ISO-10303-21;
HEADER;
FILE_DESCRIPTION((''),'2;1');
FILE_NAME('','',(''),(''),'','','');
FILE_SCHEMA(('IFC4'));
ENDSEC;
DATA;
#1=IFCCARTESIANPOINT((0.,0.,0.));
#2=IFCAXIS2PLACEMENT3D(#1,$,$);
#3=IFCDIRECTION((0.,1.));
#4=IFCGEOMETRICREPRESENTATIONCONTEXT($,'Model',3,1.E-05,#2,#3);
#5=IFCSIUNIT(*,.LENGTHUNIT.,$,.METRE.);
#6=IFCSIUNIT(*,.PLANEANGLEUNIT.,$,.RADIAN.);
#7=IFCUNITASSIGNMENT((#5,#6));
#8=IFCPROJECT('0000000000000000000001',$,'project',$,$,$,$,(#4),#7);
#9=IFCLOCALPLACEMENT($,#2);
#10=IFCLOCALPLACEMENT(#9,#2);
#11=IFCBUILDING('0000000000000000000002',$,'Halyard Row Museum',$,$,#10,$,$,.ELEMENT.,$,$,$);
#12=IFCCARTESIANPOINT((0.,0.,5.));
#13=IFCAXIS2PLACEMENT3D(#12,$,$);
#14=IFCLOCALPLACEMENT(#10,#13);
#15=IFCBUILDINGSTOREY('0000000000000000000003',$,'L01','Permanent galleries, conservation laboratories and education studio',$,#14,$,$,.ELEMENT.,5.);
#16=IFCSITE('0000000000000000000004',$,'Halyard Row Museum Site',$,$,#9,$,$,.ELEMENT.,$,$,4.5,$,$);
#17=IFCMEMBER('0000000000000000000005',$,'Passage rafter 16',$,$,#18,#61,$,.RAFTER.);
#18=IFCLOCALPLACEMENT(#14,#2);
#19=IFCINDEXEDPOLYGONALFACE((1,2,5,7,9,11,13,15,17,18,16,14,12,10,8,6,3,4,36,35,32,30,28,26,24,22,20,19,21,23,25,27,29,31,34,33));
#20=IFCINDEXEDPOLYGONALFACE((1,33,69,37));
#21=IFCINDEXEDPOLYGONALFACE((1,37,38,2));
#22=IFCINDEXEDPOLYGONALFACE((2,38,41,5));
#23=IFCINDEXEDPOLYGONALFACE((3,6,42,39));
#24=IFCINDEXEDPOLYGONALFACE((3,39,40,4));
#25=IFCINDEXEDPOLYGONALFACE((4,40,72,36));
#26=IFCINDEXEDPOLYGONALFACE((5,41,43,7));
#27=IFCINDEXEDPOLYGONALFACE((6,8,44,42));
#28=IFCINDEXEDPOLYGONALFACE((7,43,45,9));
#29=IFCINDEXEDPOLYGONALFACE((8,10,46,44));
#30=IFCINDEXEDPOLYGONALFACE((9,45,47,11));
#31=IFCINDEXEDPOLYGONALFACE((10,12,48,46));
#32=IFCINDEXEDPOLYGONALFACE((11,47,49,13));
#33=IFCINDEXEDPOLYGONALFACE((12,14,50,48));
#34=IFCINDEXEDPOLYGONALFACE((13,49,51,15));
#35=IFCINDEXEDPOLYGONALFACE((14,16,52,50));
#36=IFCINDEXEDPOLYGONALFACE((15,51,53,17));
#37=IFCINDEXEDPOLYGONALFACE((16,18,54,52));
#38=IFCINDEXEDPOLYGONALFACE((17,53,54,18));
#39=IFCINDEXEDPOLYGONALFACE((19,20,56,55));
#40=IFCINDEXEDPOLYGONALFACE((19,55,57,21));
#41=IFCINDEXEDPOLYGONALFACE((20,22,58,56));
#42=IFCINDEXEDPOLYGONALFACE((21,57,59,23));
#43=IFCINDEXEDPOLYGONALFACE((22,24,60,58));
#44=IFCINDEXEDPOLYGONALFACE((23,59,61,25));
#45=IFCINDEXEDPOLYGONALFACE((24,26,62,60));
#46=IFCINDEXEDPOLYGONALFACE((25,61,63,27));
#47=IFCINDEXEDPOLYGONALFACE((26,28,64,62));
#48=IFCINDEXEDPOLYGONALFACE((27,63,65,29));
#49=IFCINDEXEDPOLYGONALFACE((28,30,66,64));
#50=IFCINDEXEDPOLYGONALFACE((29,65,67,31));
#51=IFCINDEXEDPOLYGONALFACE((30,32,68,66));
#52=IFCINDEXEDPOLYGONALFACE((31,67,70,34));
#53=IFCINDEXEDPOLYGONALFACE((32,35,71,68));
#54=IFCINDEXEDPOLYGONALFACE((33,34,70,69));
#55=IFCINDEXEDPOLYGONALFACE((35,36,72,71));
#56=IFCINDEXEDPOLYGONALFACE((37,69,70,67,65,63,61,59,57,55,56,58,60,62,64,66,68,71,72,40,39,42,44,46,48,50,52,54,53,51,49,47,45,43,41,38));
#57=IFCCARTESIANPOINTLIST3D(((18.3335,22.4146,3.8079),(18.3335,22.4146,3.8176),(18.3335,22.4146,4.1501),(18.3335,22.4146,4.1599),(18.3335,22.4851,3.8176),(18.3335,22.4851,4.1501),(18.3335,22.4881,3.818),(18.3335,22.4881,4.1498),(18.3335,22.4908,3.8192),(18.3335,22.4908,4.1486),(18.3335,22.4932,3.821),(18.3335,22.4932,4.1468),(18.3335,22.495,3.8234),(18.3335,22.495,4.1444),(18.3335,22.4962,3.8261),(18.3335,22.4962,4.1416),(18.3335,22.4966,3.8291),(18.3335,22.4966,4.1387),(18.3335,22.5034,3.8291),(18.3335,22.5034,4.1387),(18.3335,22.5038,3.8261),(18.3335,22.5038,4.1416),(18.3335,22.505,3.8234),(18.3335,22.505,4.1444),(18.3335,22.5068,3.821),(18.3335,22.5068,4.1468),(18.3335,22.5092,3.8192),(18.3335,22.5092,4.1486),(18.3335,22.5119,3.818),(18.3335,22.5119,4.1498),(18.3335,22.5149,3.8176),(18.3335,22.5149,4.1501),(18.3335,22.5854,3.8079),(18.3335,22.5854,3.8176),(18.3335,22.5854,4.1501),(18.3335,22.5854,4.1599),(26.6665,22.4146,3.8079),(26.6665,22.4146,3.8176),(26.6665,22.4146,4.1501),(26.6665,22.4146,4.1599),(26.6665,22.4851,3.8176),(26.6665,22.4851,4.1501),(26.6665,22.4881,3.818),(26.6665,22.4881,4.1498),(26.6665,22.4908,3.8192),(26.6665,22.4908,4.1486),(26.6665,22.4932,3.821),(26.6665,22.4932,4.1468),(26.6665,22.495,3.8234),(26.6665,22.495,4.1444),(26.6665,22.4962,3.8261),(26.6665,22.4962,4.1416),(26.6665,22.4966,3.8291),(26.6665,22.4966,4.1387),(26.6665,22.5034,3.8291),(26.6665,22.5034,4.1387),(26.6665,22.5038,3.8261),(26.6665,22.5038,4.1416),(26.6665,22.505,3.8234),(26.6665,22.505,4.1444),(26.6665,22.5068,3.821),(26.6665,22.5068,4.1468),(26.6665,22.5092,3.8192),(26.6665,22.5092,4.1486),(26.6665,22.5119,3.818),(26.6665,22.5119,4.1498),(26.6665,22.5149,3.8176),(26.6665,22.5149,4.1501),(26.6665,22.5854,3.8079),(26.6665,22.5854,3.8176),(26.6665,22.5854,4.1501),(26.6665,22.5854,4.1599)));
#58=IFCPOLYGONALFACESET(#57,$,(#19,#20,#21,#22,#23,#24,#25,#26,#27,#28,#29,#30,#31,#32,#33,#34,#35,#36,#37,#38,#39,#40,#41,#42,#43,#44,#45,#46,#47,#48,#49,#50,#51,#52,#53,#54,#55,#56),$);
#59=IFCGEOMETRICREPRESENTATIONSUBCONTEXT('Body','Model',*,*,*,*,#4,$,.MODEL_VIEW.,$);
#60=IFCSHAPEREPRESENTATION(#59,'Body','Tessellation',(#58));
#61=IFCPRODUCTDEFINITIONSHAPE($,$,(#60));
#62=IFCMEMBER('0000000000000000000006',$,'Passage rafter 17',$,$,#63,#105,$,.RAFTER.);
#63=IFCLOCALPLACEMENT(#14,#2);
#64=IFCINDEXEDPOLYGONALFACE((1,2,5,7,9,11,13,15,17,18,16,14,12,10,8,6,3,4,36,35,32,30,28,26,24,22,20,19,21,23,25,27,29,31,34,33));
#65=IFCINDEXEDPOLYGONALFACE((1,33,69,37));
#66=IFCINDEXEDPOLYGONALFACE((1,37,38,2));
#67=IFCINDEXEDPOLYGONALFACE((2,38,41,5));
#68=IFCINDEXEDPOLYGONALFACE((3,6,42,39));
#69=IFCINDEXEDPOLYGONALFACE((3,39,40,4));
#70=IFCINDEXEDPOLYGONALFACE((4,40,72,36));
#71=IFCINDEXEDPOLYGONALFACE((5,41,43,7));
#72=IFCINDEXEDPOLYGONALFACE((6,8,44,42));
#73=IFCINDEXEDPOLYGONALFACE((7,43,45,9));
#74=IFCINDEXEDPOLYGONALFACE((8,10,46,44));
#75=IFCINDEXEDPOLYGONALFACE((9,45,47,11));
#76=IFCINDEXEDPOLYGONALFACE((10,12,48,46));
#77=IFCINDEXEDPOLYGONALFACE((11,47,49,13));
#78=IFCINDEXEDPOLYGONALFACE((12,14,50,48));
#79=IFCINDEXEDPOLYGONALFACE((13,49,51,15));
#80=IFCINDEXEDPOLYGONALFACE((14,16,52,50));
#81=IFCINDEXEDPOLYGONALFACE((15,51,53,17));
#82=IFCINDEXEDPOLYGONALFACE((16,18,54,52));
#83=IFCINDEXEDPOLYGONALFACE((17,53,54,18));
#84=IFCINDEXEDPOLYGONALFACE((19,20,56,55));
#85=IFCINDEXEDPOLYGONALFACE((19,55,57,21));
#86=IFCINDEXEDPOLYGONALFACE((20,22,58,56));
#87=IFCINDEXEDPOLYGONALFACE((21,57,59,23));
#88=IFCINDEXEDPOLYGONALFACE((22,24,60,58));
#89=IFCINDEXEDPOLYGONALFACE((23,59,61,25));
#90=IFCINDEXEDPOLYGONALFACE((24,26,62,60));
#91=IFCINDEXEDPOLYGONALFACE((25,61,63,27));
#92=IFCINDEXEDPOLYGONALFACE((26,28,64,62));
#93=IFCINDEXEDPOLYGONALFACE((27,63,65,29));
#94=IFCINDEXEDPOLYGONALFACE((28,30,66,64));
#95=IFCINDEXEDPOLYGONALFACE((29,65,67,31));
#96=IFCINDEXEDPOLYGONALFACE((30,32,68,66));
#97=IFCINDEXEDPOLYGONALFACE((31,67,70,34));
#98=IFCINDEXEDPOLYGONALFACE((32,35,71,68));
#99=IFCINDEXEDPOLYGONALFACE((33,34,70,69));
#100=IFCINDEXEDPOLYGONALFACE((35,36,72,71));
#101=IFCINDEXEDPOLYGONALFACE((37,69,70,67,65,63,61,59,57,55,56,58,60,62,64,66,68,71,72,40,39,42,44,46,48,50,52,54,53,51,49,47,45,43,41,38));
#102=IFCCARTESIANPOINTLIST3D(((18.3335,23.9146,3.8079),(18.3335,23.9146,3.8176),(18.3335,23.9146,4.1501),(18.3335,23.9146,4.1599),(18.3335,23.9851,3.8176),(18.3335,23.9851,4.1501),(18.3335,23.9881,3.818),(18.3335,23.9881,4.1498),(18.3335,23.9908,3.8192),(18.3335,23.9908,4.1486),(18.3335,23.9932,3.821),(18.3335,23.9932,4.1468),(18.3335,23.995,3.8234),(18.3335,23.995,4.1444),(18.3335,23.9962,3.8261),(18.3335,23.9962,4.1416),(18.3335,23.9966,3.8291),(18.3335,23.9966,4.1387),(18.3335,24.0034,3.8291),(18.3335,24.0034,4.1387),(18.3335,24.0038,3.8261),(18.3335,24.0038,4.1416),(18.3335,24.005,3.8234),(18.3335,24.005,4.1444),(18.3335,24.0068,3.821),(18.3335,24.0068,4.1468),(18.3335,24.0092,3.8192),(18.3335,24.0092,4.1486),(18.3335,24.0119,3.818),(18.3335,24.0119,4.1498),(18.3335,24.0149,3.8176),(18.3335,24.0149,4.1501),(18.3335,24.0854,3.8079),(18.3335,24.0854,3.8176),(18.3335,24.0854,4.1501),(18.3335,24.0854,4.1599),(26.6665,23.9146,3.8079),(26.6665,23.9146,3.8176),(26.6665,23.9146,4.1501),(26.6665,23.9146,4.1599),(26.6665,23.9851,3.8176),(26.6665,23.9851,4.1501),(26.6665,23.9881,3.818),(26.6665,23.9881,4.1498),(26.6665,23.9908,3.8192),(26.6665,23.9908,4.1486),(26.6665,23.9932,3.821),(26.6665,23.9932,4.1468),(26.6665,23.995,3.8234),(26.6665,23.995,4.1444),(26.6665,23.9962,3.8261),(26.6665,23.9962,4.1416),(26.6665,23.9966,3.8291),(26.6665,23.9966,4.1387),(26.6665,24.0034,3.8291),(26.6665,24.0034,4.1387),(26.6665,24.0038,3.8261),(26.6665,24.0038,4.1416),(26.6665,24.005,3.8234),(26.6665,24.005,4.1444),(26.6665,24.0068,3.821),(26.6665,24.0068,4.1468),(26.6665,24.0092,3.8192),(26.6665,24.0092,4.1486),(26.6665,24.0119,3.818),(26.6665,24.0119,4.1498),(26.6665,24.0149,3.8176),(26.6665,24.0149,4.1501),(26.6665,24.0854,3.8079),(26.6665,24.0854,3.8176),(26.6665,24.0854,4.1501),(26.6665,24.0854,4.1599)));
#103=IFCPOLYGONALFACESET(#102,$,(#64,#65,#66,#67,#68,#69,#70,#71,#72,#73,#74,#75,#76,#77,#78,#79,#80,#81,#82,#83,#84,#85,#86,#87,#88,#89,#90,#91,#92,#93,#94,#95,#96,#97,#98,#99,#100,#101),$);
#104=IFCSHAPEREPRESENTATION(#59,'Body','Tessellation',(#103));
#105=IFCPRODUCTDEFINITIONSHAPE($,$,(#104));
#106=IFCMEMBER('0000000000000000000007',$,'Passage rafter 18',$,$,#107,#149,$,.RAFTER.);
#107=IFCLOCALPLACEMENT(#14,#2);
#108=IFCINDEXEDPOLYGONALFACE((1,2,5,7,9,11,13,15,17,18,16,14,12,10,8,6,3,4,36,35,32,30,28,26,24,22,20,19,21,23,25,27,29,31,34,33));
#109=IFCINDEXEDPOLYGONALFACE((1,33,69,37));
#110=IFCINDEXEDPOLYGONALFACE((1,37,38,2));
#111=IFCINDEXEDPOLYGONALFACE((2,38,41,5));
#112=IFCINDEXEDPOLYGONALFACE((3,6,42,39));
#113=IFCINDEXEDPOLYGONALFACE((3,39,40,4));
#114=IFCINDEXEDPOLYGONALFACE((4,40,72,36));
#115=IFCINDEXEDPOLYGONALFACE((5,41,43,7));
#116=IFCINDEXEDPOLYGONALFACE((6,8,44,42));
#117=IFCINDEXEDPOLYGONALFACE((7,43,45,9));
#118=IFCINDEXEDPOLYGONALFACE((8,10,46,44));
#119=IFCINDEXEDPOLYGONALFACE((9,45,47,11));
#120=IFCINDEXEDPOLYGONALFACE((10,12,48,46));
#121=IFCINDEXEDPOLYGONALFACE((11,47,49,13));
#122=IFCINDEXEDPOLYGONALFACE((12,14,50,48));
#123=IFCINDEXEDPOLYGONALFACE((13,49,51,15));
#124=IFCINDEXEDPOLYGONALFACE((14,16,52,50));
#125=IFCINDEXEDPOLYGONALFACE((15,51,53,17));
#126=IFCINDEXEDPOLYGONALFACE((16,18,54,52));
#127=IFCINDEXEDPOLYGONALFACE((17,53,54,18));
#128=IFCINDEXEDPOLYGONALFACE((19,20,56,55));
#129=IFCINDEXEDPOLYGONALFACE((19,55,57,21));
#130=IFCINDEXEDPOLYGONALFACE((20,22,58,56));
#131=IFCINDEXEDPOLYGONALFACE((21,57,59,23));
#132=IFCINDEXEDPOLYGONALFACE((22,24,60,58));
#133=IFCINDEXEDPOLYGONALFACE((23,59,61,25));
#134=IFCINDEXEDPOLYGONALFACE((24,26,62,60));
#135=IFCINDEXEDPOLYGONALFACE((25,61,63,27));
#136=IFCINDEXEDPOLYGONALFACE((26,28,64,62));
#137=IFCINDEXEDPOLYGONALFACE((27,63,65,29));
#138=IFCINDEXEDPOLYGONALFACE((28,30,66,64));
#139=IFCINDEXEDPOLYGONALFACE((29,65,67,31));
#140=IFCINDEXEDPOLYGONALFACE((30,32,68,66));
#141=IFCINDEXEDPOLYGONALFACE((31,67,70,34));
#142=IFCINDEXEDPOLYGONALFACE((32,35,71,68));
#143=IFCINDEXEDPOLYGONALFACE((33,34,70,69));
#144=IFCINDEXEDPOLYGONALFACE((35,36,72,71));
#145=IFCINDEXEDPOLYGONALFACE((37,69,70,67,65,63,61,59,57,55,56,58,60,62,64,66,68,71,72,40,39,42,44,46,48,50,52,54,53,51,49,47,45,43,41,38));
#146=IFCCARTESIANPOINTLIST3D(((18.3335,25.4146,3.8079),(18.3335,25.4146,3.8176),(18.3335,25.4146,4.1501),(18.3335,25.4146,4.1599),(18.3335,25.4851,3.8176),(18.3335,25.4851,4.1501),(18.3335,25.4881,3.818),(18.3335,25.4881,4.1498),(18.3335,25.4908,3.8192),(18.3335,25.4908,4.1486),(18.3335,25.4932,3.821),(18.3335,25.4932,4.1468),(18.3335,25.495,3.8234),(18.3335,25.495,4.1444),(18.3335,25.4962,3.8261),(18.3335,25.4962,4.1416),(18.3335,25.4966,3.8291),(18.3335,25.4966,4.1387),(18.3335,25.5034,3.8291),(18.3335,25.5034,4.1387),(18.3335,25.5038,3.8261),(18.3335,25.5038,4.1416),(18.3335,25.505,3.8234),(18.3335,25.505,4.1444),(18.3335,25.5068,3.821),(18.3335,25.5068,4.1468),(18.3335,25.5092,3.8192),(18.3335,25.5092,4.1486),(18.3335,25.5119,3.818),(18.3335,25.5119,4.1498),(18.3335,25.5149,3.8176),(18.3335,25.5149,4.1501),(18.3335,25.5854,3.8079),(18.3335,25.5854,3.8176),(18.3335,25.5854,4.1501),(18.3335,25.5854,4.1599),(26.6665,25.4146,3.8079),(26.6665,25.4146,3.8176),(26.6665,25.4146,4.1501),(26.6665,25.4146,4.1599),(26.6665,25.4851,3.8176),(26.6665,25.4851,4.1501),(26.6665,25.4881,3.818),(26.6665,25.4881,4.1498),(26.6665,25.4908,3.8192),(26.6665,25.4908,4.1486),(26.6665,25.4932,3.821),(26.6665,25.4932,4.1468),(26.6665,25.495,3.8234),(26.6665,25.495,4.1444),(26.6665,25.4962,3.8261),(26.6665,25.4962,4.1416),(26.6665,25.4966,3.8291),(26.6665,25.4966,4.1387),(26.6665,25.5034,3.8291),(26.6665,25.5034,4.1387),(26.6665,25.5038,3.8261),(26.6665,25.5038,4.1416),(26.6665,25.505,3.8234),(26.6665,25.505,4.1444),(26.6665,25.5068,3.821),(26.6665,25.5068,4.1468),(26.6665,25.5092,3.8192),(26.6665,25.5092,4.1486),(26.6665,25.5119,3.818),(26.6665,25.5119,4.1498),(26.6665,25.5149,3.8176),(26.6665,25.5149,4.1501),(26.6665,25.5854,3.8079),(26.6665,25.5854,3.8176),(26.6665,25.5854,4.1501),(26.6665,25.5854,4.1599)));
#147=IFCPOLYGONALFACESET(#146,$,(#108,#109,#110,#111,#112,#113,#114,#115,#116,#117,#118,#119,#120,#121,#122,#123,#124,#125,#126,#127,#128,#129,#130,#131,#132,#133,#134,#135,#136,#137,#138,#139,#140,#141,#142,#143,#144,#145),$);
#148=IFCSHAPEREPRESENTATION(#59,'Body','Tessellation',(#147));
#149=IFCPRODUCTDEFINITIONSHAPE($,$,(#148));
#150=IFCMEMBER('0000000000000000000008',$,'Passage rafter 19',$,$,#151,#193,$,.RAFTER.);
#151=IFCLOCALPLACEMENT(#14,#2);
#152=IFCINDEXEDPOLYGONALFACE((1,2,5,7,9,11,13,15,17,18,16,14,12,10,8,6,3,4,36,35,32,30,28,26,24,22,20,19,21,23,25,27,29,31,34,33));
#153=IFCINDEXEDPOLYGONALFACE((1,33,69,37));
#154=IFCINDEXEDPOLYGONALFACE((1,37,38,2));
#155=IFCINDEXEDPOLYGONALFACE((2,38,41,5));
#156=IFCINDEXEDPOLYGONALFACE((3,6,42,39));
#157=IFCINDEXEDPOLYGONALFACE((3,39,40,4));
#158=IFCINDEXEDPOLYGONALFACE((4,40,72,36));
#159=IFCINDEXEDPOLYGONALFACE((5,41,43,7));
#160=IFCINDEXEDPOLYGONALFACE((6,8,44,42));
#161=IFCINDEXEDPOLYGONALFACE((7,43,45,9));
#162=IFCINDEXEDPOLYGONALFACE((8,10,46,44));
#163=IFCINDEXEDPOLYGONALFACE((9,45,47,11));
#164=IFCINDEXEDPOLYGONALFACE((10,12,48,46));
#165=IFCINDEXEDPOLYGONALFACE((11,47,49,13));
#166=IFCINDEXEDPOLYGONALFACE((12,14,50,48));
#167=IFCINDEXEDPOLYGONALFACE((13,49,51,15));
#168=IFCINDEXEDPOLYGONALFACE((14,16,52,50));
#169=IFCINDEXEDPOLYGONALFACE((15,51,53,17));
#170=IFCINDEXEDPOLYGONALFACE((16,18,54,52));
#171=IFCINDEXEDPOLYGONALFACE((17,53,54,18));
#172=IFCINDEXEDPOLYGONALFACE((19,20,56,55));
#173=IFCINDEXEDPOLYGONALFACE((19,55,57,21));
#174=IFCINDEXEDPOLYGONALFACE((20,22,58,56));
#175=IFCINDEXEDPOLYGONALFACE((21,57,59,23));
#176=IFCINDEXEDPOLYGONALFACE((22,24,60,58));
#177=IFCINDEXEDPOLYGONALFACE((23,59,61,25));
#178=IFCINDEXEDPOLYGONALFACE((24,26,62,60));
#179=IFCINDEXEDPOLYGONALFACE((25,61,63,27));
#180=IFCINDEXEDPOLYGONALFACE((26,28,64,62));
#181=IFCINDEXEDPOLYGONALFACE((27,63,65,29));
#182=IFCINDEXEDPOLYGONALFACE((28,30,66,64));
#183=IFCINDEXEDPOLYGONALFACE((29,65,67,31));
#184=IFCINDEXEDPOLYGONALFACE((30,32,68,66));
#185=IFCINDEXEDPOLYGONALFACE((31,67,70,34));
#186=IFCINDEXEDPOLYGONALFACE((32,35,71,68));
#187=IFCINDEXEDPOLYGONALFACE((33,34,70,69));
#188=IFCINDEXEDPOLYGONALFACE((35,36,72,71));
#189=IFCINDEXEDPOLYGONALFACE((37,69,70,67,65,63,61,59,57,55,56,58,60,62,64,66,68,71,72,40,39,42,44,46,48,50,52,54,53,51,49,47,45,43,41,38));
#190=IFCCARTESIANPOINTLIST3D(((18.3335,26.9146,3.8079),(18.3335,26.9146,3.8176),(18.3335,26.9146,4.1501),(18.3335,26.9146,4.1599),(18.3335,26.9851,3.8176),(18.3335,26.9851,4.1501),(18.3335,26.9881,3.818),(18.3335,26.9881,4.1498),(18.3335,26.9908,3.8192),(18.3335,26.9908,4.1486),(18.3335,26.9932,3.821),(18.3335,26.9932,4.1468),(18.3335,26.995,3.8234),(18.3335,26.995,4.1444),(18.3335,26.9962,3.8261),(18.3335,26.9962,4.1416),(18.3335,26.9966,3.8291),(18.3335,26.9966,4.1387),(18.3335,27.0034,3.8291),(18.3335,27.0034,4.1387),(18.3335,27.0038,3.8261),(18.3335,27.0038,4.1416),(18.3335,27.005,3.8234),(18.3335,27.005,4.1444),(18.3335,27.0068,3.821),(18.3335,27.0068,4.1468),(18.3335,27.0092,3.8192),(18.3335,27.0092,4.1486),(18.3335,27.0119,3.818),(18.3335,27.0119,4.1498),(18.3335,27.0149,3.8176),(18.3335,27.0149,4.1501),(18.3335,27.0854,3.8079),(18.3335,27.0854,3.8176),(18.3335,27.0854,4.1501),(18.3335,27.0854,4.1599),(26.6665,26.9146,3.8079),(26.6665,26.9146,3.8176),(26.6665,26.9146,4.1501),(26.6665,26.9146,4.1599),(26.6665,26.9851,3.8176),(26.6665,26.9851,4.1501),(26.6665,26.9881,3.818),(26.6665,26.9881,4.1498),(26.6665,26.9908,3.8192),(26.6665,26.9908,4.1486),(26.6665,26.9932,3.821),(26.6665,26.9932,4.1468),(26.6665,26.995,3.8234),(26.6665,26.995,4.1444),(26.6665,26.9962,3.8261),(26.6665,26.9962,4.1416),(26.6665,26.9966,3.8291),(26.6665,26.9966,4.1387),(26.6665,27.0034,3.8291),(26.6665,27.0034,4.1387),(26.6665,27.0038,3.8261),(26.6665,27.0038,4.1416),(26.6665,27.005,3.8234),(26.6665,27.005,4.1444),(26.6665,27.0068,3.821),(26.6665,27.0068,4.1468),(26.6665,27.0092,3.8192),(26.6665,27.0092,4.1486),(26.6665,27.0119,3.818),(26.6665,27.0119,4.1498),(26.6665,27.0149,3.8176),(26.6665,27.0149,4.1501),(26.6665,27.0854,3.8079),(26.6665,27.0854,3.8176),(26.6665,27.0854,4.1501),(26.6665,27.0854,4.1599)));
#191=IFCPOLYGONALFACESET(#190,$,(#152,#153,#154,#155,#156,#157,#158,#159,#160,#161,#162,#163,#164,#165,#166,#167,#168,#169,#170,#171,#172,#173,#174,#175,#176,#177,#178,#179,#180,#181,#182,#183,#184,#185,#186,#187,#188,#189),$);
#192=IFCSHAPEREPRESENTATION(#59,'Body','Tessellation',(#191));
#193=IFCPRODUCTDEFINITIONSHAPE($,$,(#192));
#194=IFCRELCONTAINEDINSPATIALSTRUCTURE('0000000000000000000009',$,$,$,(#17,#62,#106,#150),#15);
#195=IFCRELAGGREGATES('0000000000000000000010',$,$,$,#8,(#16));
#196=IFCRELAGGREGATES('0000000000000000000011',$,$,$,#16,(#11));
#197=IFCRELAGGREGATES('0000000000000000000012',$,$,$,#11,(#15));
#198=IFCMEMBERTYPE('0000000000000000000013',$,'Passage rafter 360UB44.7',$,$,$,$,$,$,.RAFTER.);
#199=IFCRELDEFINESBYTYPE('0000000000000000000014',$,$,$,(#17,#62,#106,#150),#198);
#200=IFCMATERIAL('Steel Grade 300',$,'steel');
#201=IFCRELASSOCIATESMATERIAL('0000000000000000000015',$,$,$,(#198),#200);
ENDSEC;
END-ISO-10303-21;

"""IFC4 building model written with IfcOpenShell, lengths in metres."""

from ifc_helpers import new_model, si_unit, direction, frame, origin, origin_2d, place, context, subcontext, project, spatial, i_section, extrude, material, material_profile, profile_set, type_object, element, save


model = new_model("IFC4")

# Units and contexts
model_context = context("Model", 3, precision=1e-05, world=origin(), true_north=direction((0.0, 1.0)))
body_context = subcontext(model_context, "Body", "Model", "MODEL_VIEW")
ifc_project = project(units=[si_unit("LENGTHUNIT", "METRE"), si_unit("PLANEANGLEUNIT", "RADIAN")], contexts=[model_context])

# Site, building, storey
site_placement = place(None, origin())
site = spatial("IfcSite", under=ifc_project, at=site_placement, Name="Halyard Row Museum Site", CompositionType="ELEMENT", RefElevation=4.5)
building_placement = place(site_placement, origin())
building = spatial("IfcBuilding", under=site, at=building_placement, Name="Halyard Row Museum", CompositionType="ELEMENT")
storey_placement = place(building_placement, frame((0.0, 0.0, 5.0)))
storey = spatial("IfcBuildingStorey", under=building, at=storey_placement, Name="L01", Description="Permanent galleries, conservation laboratories and education studio", CompositionType="ELEMENT", Elevation=5.0)

# Members
ifc_material_1 = material(Name="Steel Grade 300", Category="steel")
ifc_material_profile_1 = material_profile(ifc_material_1, i_section(OverallWidth=0.1709, OverallDepth=0.3521, WebThickness=0.0068, FlangeThickness=0.0098, FilletRadius=0.0115, at=origin_2d()), Name="360UB44.7")
ifc_profile_set_1 = profile_set([ifc_material_profile_1], Name="Steel Grade 300")
member_type_1 = type_object("IfcMemberType", Name="Passage rafter 360UB44.7", PredefinedType="RAFTER", material=ifc_profile_set_1)
for number, where, z_axis, x_axis, name in (
    (1, (18.3335, 22.5, 3.9839), (1.0, 0.0, 0.0), (0.0, 1.0, 0.0), "Passage rafter 16"),
    (2, (18.3335, 24.0, 3.9839), (1.0, 0.0, 0.0), (0.0, 1.0, 0.0), "Passage rafter 17"),
    (3, (18.3335, 25.5, 3.9839), (1.0, 0.0, 0.0), (0.0, 1.0, 0.0), "Passage rafter 18"),
    (4, (18.3335, 27.0, 3.9839), (1.0, 0.0, 0.0), (0.0, 1.0, 0.0), "Passage rafter 19"),
):
    element("IfcMember", number, at=place(storey_placement, frame(where, z_axis=z_axis, x_axis=x_axis)), inside=storey, type_object=member_type_1, Name=name, PredefinedType="RAFTER", context=body_context, shape_type="SweptSolid", body=[
        extrude(i_section(OverallWidth=0.1709, OverallDepth=0.3521, WebThickness=0.0068, FlangeThickness=0.0098, FilletRadius=0.0115, at=origin_2d()), origin(), (0.0, 0.0, 1.0), 8.333),
    ])

save(model, "model.ifc")
